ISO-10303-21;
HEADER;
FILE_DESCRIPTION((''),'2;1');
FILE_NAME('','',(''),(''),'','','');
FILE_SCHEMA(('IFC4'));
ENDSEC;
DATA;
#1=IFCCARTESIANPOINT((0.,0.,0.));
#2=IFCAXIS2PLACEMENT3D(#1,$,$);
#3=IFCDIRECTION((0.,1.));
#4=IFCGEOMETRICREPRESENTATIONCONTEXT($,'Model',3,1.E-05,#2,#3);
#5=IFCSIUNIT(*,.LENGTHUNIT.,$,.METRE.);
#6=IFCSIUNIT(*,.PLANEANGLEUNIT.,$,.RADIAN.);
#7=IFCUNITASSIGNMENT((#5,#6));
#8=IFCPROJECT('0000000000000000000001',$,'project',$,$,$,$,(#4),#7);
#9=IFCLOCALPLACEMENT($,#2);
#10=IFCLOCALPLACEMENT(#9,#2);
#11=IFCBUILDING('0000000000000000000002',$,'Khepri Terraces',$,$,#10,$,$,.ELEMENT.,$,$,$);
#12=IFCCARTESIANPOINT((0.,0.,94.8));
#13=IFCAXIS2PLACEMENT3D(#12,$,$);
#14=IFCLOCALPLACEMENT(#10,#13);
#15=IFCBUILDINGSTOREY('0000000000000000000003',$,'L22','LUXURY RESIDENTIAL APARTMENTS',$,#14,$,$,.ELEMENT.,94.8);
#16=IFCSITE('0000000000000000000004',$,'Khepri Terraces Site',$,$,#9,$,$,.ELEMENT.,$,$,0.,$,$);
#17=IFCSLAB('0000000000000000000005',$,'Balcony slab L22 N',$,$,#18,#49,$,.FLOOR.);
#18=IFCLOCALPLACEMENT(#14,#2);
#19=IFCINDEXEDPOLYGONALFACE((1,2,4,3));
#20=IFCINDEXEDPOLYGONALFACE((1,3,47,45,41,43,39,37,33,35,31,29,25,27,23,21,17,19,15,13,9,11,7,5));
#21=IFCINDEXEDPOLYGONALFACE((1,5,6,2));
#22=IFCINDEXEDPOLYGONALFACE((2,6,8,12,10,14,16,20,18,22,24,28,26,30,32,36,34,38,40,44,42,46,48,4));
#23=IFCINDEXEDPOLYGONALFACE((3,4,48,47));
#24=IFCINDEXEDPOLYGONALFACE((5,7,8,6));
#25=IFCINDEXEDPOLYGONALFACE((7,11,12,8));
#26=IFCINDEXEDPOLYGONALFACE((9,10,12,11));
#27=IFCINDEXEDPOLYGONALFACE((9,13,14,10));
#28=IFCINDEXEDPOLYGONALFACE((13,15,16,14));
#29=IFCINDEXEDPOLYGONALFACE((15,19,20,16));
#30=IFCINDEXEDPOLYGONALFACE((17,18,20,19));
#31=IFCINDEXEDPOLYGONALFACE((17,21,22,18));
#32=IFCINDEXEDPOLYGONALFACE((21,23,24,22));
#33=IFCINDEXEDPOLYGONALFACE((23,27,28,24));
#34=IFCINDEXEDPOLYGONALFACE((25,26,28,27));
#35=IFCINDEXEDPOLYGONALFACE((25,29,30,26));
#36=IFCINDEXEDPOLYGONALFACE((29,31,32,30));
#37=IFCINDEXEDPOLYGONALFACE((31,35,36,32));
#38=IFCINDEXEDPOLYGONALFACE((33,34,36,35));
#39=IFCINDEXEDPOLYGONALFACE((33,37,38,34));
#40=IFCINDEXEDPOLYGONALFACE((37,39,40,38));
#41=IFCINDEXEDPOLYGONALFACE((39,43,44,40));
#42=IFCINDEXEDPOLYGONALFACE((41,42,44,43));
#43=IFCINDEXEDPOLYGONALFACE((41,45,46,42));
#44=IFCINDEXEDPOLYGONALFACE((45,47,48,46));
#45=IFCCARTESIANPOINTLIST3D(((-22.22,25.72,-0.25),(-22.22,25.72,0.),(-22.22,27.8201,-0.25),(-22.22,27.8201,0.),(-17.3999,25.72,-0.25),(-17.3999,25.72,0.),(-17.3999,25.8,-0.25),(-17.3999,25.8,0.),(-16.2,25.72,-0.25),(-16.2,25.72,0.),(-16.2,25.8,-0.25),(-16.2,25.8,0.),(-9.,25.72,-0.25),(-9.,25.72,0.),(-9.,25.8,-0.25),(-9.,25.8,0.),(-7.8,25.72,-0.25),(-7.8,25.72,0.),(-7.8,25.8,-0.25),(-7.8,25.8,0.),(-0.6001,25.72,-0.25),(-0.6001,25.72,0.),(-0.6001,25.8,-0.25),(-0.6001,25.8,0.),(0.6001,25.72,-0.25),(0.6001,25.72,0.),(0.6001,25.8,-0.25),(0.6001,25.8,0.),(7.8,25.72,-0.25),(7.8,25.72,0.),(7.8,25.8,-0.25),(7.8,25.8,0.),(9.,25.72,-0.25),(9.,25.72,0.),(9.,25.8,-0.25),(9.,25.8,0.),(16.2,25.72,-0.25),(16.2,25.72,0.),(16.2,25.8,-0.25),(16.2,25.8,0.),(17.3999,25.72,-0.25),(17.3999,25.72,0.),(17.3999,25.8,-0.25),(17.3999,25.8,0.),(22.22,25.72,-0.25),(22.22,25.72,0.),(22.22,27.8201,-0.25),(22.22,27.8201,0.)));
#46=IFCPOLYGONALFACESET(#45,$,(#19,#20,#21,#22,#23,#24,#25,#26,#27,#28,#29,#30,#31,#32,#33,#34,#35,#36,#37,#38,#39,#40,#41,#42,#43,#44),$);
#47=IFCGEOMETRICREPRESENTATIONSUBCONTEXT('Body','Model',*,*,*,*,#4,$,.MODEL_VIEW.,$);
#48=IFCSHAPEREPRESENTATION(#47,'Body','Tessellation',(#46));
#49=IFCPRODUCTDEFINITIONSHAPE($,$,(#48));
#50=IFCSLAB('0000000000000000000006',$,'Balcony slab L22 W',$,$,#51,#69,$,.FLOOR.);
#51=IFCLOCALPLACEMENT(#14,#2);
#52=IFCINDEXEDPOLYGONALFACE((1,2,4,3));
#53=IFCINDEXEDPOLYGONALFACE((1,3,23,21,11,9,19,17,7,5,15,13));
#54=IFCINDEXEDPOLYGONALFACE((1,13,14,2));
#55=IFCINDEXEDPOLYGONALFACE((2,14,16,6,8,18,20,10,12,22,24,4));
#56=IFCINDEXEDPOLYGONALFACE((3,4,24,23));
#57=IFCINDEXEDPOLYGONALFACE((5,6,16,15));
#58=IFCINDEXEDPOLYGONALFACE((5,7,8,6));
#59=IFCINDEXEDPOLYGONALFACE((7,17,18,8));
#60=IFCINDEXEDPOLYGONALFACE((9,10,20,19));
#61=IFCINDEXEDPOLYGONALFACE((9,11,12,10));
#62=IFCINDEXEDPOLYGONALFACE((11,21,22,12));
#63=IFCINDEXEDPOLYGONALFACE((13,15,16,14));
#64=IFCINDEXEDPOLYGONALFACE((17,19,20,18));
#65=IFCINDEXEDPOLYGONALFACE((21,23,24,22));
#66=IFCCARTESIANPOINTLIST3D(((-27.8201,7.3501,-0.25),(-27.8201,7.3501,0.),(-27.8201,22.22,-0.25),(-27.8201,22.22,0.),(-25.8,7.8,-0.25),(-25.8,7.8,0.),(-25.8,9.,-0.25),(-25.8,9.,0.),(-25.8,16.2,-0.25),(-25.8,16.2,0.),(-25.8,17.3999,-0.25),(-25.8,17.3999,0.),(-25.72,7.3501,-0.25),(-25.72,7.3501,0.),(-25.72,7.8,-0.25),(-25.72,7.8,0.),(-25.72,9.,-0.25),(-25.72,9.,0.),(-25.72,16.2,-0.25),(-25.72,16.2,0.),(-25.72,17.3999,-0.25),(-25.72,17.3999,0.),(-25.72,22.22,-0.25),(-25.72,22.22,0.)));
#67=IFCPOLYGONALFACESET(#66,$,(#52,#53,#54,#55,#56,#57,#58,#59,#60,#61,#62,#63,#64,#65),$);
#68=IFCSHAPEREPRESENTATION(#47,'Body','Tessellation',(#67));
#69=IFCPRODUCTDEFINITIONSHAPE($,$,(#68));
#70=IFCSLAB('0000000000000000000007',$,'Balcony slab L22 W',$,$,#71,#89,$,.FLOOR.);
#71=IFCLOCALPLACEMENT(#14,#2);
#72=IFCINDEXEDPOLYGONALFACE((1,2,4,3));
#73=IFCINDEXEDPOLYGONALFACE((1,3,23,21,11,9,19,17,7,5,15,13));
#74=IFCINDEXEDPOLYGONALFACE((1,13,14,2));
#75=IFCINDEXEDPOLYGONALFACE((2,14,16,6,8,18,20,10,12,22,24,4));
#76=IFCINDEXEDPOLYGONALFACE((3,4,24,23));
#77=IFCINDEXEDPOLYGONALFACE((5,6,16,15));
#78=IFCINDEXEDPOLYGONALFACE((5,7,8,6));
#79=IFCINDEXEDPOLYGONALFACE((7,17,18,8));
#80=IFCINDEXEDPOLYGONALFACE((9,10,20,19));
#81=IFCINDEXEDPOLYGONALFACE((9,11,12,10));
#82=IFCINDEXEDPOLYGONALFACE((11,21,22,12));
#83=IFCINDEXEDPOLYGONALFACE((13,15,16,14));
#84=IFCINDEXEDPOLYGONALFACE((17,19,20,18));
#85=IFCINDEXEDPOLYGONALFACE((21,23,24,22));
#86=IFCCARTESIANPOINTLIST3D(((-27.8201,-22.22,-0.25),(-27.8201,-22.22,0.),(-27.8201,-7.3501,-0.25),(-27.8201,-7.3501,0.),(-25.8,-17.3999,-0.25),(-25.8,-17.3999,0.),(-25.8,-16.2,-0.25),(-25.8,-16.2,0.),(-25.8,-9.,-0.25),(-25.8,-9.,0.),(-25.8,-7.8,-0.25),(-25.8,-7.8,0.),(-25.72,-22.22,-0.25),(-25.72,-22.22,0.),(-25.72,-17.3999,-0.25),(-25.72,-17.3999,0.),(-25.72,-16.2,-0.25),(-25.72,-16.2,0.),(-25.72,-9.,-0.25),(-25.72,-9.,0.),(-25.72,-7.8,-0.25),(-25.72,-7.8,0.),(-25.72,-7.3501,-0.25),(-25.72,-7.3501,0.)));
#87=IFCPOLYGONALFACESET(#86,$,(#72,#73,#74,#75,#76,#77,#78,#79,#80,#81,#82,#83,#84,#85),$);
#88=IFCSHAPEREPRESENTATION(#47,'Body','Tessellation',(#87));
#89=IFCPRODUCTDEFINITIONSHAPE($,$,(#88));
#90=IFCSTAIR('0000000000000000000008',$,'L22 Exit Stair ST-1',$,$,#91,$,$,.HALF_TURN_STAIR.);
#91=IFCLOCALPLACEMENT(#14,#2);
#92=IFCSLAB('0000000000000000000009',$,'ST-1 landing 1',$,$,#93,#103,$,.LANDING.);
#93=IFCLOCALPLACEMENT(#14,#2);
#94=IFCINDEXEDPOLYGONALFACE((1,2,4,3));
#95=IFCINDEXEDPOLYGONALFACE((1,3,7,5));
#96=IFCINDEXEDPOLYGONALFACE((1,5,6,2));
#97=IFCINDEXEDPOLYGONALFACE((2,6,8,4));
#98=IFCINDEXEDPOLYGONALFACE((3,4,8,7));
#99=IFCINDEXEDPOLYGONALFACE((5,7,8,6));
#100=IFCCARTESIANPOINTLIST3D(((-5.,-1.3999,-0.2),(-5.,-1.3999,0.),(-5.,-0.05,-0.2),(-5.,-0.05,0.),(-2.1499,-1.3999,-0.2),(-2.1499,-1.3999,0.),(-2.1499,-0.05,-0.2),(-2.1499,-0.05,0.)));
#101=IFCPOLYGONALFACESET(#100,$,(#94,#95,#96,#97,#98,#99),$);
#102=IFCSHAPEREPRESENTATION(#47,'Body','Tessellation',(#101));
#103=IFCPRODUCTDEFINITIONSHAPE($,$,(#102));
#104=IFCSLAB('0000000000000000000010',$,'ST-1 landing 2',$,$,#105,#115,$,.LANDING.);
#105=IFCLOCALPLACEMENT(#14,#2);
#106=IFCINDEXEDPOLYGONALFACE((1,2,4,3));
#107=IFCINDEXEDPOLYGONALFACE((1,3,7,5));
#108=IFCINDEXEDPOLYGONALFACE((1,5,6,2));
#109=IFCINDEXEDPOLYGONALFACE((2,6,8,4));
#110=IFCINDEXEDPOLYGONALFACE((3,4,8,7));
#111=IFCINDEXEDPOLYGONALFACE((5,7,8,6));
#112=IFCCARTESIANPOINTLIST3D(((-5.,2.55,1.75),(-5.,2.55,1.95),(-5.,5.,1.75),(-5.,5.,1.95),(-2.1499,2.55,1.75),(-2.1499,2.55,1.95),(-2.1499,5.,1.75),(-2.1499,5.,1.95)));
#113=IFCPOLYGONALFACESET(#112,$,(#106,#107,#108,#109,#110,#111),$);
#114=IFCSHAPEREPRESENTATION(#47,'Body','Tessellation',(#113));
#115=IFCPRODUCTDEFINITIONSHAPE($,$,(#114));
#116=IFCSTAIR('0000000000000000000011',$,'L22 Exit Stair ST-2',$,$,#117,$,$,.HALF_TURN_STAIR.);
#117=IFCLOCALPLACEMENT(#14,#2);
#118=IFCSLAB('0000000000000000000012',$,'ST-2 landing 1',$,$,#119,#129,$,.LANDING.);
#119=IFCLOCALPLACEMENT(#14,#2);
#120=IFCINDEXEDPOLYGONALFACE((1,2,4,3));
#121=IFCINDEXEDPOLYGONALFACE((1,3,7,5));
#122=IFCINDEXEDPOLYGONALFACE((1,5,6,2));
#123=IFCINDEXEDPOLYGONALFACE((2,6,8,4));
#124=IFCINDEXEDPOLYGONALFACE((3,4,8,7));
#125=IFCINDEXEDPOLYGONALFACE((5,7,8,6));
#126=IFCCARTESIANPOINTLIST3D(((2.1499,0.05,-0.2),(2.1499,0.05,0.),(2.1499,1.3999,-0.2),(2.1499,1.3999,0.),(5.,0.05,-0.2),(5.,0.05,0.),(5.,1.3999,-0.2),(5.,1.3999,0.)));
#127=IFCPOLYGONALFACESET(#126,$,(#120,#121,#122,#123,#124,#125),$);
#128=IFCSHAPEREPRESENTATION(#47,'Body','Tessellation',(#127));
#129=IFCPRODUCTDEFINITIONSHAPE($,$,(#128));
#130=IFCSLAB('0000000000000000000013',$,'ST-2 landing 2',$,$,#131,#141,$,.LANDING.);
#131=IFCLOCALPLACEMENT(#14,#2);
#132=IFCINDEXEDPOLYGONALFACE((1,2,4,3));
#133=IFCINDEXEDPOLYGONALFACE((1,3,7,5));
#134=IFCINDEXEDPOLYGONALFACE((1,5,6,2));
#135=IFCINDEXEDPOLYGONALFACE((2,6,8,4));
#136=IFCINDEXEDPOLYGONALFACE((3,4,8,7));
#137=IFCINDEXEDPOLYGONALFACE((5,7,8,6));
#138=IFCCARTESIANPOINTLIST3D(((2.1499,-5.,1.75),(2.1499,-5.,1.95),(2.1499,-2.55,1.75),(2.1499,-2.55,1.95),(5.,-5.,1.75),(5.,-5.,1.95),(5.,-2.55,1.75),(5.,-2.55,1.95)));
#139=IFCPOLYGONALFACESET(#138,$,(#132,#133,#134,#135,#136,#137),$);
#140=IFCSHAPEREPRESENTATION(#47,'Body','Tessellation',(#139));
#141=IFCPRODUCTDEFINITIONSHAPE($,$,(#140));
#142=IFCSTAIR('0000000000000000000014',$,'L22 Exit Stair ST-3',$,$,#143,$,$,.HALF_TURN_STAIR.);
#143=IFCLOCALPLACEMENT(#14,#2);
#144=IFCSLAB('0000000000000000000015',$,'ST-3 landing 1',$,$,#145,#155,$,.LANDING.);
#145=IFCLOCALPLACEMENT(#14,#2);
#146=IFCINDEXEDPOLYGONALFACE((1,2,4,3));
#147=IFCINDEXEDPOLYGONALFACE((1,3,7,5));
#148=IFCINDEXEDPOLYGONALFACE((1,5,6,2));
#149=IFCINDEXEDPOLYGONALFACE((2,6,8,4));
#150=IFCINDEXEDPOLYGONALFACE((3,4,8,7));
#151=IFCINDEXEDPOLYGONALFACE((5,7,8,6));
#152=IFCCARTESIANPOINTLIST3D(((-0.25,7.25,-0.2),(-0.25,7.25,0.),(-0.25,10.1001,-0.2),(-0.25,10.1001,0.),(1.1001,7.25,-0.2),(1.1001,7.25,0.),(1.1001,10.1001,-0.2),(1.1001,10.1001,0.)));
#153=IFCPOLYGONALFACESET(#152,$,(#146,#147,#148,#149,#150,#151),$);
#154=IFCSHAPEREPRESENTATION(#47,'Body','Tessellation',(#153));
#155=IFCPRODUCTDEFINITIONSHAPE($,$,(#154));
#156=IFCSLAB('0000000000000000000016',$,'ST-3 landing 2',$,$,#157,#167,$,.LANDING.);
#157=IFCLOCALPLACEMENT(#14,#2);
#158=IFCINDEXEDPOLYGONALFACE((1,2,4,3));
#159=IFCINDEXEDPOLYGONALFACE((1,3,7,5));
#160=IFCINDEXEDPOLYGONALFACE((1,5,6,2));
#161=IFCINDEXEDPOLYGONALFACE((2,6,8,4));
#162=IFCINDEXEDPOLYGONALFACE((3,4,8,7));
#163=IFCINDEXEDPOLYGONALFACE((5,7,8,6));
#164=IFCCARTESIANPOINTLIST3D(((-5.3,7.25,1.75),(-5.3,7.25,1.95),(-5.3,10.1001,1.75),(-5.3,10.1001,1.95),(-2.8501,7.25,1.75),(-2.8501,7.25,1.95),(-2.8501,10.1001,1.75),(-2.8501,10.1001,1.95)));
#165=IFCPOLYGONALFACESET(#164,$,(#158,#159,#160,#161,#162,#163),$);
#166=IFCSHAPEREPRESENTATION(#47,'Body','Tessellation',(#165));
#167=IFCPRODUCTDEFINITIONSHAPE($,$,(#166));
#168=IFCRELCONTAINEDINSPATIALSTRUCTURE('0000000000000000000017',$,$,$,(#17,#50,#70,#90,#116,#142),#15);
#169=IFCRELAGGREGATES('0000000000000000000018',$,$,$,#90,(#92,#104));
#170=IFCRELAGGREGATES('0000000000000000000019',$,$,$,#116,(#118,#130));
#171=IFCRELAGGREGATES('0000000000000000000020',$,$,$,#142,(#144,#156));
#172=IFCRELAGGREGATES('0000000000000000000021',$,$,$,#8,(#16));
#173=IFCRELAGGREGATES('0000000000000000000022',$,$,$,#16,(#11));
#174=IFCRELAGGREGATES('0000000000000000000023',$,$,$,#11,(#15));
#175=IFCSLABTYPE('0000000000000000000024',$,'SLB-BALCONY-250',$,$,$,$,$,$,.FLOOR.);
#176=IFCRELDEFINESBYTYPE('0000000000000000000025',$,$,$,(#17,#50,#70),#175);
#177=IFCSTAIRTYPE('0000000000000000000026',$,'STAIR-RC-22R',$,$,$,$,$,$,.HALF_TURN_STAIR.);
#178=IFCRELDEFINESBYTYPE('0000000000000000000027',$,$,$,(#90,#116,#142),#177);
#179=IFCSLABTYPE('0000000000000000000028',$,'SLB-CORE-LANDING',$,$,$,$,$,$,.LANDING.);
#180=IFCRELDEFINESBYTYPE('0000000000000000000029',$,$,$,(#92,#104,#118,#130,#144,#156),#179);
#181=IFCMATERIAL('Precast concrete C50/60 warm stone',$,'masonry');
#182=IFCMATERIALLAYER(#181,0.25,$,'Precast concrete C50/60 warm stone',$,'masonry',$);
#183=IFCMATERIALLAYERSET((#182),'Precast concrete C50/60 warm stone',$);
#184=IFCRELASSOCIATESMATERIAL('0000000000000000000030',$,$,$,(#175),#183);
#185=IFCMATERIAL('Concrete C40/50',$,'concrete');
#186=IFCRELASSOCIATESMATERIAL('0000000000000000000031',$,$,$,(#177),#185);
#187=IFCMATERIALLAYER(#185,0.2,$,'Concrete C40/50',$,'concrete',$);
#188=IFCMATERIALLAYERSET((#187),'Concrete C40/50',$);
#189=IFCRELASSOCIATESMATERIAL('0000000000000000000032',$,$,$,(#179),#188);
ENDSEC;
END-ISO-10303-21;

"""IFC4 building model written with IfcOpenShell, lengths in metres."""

from ifc_helpers import new_model, si_unit, direction, frame, origin, place, context, subcontext, project, spatial, polyline, outline, extrude, material, layer, layer_set, type_object, element, aggregate, save


model = new_model("IFC4")

# Units and contexts
model_context = context("Model", 3, precision=1e-05, world=origin(), true_north=direction((0.0, 1.0)))
body_context = subcontext(model_context, "Body", "Model", "MODEL_VIEW")
ifc_project = project(units=[si_unit("LENGTHUNIT", "METRE"), si_unit("PLANEANGLEUNIT", "RADIAN")], contexts=[model_context])

# Site, building, storey
site_placement = place(None, origin())
site = spatial("IfcSite", under=ifc_project, at=site_placement, Name="Khepri Terraces Site", CompositionType="ELEMENT", RefElevation=0.0)
building_placement = place(site_placement, origin())
building = spatial("IfcBuilding", under=site, at=building_placement, Name="Khepri Terraces", CompositionType="ELEMENT")
storey_placement = place(building_placement, frame((0.0, 0.0, 94.8)))
storey = spatial("IfcBuildingStorey", under=building, at=storey_placement, Name="L22", Description="LUXURY RESIDENTIAL APARTMENTS", CompositionType="ELEMENT", Elevation=94.8)

# Slabs
ifc_material_1 = material(Name="Precast concrete C50/60 warm stone", Category="masonry")
ifc_layer_1 = layer(ifc_material_1, 0.25, Name="Precast concrete C50/60 warm stone", Category="masonry")
ifc_layer_set_1 = layer_set([ifc_layer_1], Name="Precast concrete C50/60 warm stone")
slab_type_1 = type_object("IfcSlabType", Name="SLB-BALCONY-250", PredefinedType="FLOOR", material=ifc_layer_set_1)
slab_1_placement = place(storey_placement, frame((0.0, 0.0, -0.25)))
element("IfcSlab", 1, at=slab_1_placement, inside=storey, type_object=slab_type_1, Name="Balcony slab L22 N", PredefinedType="FLOOR", context=body_context, shape_type="SweptSolid", body=[
    extrude(outline(polyline([(17.3999, 25.72), (22.22, 25.72), (22.22, 27.8201), (-22.22, 27.8201), (-22.22, 25.72), (-17.3999, 25.72), (-17.3999, 25.8), (-16.2, 25.8), (-16.2, 25.72), (-9.0, 25.72), (-9.0, 25.8), (-7.8, 25.8), (-7.8, 25.72), (-0.6001, 25.72), (-0.6001, 25.8), (0.6001, 25.8), (0.6001, 25.72), (7.8, 25.72), (7.8, 25.8), (9.0, 25.8), (9.0, 25.72), (16.2, 25.72), (16.2, 25.8), (17.3999, 25.8), (17.3999, 25.72)])), origin(), (0.0, 0.0, 1.0), 0.25),
])
slab_2_placement = place(storey_placement, frame((0.0, 0.0, -0.25)))
element("IfcSlab", 2, at=slab_2_placement, inside=storey, type_object=slab_type_1, Name="Balcony slab L22 W", PredefinedType="FLOOR", context=body_context, shape_type="SweptSolid", body=[
    extrude(outline(polyline([(-25.72, 17.3999), (-25.72, 22.22), (-27.8201, 22.22), (-27.8201, 7.3501), (-25.72, 7.3501), (-25.72, 7.8), (-25.8, 7.8), (-25.8, 9.0), (-25.72, 9.0), (-25.72, 16.2), (-25.8, 16.2), (-25.8, 17.3999), (-25.72, 17.3999)])), origin(), (0.0, 0.0, 1.0), 0.25),
])
slab_3_placement = place(storey_placement, frame((0.0, 0.0, -0.25)))
element("IfcSlab", 3, at=slab_3_placement, inside=storey, type_object=slab_type_1, Name="Balcony slab L22 W", PredefinedType="FLOOR", context=body_context, shape_type="SweptSolid", body=[
    extrude(outline(polyline([(-25.72, -7.8), (-25.72, -7.3501), (-27.8201, -7.3501), (-27.8201, -22.22), (-25.72, -22.22), (-25.72, -17.3999), (-25.8, -17.3999), (-25.8, -16.2), (-25.72, -16.2), (-25.72, -9.0), (-25.8, -9.0), (-25.8, -7.8), (-25.72, -7.8)])), origin(), (0.0, 0.0, 1.0), 0.25),
])

# Stairs, slabs
ifc_material_2 = material(Name="Concrete C40/50", Category="concrete")
stair_type = type_object("IfcStairType", Name="STAIR-RC-22R", PredefinedType="HALF_TURN_STAIR", material=ifc_material_2)
stair_1_placement = place(storey_placement, origin())
stair_1 = element("IfcStair", 4, at=stair_1_placement, inside=storey, type_object=stair_type, Name="L22 Exit Stair ST-1", PredefinedType="HALF_TURN_STAIR")
ifc_layer_2 = layer(ifc_material_2, 0.2, Name="Concrete C40/50", Category="concrete")
ifc_layer_set_2 = layer_set([ifc_layer_2], Name="Concrete C40/50")
slab_type_2 = type_object("IfcSlabType", Name="SLB-CORE-LANDING", PredefinedType="LANDING", material=ifc_layer_set_2)
slab_4_placement = place(storey_placement, frame((0.0, 0.0, -0.2)))
slab_4 = element("IfcSlab", 5, at=slab_4_placement, type_object=slab_type_2, Name="ST-1 landing 1", PredefinedType="LANDING", context=body_context, shape_type="SweptSolid", body=[
    extrude(outline(polyline([(-2.1499, -1.3999), (-2.1499, -0.05), (-5.0, -0.05), (-5.0, -1.3999), (-2.1499, -1.3999)])), origin(), (0.0, 0.0, 1.0), 0.2),
])
slab_5_placement = place(storey_placement, frame((0.0, 0.0, 1.75)))
slab_5 = element("IfcSlab", 6, at=slab_5_placement, type_object=slab_type_2, Name="ST-1 landing 2", PredefinedType="LANDING", context=body_context, shape_type="SweptSolid", body=[
    extrude(outline(polyline([(-2.1499, 2.55), (-2.1499, 5.0), (-5.0, 5.0), (-5.0, 2.55), (-2.1499, 2.55)])), origin(), (0.0, 0.0, 1.0), 0.2),
])
aggregate(stair_1, [slab_4, slab_5])
stair_2_placement = place(storey_placement, origin())
stair_2 = element("IfcStair", 7, at=stair_2_placement, inside=storey, type_object=stair_type, Name="L22 Exit Stair ST-2", PredefinedType="HALF_TURN_STAIR")
slab_6_placement = place(storey_placement, frame((0.0, 0.0, -0.2)))
slab_6 = element("IfcSlab", 8, at=slab_6_placement, type_object=slab_type_2, Name="ST-2 landing 1", PredefinedType="LANDING", context=body_context, shape_type="SweptSolid", body=[
    extrude(outline(polyline([(2.1499, 1.3999), (2.1499, 0.05), (5.0, 0.05), (5.0, 1.3999), (2.1499, 1.3999)])), origin(), (0.0, 0.0, 1.0), 0.2),
])
slab_7_placement = place(storey_placement, frame((0.0, 0.0, 1.75)))
slab_7 = element("IfcSlab", 9, at=slab_7_placement, type_object=slab_type_2, Name="ST-2 landing 2", PredefinedType="LANDING", context=body_context, shape_type="SweptSolid", body=[
    extrude(outline(polyline([(2.1499, -2.55), (2.1499, -5.0), (5.0, -5.0), (5.0, -2.55), (2.1499, -2.55)])), origin(), (0.0, 0.0, 1.0), 0.2),
])
aggregate(stair_2, [slab_6, slab_7])
stair_3_placement = place(storey_placement, origin())
stair_3 = element("IfcStair", 10, at=stair_3_placement, inside=storey, type_object=stair_type, Name="L22 Exit Stair ST-3", PredefinedType="HALF_TURN_STAIR")
slab_8_placement = place(storey_placement, frame((0.0, 0.0, -0.2)))
slab_8 = element("IfcSlab", 11, at=slab_8_placement, type_object=slab_type_2, Name="ST-3 landing 1", PredefinedType="LANDING", context=body_context, shape_type="SweptSolid", body=[
    extrude(outline(polyline([(1.1001, 10.1001), (-0.25, 10.1001), (-0.25, 7.25), (1.1001, 7.25), (1.1001, 10.1001)])), origin(), (0.0, 0.0, 1.0), 0.2),
])
slab_9_placement = place(storey_placement, frame((0.0, 0.0, 1.75)))
slab_9 = element("IfcSlab", 12, at=slab_9_placement, type_object=slab_type_2, Name="ST-3 landing 2", PredefinedType="LANDING", context=body_context, shape_type="SweptSolid", body=[
    extrude(outline(polyline([(-2.8501, 10.1001), (-5.3, 10.1001), (-5.3, 7.25), (-2.8501, 7.25), (-2.8501, 10.1001)])), origin(), (0.0, 0.0, 1.0), 0.2),
])
aggregate(stair_3, [slab_8, slab_9])

save(model, "model.ifc")
